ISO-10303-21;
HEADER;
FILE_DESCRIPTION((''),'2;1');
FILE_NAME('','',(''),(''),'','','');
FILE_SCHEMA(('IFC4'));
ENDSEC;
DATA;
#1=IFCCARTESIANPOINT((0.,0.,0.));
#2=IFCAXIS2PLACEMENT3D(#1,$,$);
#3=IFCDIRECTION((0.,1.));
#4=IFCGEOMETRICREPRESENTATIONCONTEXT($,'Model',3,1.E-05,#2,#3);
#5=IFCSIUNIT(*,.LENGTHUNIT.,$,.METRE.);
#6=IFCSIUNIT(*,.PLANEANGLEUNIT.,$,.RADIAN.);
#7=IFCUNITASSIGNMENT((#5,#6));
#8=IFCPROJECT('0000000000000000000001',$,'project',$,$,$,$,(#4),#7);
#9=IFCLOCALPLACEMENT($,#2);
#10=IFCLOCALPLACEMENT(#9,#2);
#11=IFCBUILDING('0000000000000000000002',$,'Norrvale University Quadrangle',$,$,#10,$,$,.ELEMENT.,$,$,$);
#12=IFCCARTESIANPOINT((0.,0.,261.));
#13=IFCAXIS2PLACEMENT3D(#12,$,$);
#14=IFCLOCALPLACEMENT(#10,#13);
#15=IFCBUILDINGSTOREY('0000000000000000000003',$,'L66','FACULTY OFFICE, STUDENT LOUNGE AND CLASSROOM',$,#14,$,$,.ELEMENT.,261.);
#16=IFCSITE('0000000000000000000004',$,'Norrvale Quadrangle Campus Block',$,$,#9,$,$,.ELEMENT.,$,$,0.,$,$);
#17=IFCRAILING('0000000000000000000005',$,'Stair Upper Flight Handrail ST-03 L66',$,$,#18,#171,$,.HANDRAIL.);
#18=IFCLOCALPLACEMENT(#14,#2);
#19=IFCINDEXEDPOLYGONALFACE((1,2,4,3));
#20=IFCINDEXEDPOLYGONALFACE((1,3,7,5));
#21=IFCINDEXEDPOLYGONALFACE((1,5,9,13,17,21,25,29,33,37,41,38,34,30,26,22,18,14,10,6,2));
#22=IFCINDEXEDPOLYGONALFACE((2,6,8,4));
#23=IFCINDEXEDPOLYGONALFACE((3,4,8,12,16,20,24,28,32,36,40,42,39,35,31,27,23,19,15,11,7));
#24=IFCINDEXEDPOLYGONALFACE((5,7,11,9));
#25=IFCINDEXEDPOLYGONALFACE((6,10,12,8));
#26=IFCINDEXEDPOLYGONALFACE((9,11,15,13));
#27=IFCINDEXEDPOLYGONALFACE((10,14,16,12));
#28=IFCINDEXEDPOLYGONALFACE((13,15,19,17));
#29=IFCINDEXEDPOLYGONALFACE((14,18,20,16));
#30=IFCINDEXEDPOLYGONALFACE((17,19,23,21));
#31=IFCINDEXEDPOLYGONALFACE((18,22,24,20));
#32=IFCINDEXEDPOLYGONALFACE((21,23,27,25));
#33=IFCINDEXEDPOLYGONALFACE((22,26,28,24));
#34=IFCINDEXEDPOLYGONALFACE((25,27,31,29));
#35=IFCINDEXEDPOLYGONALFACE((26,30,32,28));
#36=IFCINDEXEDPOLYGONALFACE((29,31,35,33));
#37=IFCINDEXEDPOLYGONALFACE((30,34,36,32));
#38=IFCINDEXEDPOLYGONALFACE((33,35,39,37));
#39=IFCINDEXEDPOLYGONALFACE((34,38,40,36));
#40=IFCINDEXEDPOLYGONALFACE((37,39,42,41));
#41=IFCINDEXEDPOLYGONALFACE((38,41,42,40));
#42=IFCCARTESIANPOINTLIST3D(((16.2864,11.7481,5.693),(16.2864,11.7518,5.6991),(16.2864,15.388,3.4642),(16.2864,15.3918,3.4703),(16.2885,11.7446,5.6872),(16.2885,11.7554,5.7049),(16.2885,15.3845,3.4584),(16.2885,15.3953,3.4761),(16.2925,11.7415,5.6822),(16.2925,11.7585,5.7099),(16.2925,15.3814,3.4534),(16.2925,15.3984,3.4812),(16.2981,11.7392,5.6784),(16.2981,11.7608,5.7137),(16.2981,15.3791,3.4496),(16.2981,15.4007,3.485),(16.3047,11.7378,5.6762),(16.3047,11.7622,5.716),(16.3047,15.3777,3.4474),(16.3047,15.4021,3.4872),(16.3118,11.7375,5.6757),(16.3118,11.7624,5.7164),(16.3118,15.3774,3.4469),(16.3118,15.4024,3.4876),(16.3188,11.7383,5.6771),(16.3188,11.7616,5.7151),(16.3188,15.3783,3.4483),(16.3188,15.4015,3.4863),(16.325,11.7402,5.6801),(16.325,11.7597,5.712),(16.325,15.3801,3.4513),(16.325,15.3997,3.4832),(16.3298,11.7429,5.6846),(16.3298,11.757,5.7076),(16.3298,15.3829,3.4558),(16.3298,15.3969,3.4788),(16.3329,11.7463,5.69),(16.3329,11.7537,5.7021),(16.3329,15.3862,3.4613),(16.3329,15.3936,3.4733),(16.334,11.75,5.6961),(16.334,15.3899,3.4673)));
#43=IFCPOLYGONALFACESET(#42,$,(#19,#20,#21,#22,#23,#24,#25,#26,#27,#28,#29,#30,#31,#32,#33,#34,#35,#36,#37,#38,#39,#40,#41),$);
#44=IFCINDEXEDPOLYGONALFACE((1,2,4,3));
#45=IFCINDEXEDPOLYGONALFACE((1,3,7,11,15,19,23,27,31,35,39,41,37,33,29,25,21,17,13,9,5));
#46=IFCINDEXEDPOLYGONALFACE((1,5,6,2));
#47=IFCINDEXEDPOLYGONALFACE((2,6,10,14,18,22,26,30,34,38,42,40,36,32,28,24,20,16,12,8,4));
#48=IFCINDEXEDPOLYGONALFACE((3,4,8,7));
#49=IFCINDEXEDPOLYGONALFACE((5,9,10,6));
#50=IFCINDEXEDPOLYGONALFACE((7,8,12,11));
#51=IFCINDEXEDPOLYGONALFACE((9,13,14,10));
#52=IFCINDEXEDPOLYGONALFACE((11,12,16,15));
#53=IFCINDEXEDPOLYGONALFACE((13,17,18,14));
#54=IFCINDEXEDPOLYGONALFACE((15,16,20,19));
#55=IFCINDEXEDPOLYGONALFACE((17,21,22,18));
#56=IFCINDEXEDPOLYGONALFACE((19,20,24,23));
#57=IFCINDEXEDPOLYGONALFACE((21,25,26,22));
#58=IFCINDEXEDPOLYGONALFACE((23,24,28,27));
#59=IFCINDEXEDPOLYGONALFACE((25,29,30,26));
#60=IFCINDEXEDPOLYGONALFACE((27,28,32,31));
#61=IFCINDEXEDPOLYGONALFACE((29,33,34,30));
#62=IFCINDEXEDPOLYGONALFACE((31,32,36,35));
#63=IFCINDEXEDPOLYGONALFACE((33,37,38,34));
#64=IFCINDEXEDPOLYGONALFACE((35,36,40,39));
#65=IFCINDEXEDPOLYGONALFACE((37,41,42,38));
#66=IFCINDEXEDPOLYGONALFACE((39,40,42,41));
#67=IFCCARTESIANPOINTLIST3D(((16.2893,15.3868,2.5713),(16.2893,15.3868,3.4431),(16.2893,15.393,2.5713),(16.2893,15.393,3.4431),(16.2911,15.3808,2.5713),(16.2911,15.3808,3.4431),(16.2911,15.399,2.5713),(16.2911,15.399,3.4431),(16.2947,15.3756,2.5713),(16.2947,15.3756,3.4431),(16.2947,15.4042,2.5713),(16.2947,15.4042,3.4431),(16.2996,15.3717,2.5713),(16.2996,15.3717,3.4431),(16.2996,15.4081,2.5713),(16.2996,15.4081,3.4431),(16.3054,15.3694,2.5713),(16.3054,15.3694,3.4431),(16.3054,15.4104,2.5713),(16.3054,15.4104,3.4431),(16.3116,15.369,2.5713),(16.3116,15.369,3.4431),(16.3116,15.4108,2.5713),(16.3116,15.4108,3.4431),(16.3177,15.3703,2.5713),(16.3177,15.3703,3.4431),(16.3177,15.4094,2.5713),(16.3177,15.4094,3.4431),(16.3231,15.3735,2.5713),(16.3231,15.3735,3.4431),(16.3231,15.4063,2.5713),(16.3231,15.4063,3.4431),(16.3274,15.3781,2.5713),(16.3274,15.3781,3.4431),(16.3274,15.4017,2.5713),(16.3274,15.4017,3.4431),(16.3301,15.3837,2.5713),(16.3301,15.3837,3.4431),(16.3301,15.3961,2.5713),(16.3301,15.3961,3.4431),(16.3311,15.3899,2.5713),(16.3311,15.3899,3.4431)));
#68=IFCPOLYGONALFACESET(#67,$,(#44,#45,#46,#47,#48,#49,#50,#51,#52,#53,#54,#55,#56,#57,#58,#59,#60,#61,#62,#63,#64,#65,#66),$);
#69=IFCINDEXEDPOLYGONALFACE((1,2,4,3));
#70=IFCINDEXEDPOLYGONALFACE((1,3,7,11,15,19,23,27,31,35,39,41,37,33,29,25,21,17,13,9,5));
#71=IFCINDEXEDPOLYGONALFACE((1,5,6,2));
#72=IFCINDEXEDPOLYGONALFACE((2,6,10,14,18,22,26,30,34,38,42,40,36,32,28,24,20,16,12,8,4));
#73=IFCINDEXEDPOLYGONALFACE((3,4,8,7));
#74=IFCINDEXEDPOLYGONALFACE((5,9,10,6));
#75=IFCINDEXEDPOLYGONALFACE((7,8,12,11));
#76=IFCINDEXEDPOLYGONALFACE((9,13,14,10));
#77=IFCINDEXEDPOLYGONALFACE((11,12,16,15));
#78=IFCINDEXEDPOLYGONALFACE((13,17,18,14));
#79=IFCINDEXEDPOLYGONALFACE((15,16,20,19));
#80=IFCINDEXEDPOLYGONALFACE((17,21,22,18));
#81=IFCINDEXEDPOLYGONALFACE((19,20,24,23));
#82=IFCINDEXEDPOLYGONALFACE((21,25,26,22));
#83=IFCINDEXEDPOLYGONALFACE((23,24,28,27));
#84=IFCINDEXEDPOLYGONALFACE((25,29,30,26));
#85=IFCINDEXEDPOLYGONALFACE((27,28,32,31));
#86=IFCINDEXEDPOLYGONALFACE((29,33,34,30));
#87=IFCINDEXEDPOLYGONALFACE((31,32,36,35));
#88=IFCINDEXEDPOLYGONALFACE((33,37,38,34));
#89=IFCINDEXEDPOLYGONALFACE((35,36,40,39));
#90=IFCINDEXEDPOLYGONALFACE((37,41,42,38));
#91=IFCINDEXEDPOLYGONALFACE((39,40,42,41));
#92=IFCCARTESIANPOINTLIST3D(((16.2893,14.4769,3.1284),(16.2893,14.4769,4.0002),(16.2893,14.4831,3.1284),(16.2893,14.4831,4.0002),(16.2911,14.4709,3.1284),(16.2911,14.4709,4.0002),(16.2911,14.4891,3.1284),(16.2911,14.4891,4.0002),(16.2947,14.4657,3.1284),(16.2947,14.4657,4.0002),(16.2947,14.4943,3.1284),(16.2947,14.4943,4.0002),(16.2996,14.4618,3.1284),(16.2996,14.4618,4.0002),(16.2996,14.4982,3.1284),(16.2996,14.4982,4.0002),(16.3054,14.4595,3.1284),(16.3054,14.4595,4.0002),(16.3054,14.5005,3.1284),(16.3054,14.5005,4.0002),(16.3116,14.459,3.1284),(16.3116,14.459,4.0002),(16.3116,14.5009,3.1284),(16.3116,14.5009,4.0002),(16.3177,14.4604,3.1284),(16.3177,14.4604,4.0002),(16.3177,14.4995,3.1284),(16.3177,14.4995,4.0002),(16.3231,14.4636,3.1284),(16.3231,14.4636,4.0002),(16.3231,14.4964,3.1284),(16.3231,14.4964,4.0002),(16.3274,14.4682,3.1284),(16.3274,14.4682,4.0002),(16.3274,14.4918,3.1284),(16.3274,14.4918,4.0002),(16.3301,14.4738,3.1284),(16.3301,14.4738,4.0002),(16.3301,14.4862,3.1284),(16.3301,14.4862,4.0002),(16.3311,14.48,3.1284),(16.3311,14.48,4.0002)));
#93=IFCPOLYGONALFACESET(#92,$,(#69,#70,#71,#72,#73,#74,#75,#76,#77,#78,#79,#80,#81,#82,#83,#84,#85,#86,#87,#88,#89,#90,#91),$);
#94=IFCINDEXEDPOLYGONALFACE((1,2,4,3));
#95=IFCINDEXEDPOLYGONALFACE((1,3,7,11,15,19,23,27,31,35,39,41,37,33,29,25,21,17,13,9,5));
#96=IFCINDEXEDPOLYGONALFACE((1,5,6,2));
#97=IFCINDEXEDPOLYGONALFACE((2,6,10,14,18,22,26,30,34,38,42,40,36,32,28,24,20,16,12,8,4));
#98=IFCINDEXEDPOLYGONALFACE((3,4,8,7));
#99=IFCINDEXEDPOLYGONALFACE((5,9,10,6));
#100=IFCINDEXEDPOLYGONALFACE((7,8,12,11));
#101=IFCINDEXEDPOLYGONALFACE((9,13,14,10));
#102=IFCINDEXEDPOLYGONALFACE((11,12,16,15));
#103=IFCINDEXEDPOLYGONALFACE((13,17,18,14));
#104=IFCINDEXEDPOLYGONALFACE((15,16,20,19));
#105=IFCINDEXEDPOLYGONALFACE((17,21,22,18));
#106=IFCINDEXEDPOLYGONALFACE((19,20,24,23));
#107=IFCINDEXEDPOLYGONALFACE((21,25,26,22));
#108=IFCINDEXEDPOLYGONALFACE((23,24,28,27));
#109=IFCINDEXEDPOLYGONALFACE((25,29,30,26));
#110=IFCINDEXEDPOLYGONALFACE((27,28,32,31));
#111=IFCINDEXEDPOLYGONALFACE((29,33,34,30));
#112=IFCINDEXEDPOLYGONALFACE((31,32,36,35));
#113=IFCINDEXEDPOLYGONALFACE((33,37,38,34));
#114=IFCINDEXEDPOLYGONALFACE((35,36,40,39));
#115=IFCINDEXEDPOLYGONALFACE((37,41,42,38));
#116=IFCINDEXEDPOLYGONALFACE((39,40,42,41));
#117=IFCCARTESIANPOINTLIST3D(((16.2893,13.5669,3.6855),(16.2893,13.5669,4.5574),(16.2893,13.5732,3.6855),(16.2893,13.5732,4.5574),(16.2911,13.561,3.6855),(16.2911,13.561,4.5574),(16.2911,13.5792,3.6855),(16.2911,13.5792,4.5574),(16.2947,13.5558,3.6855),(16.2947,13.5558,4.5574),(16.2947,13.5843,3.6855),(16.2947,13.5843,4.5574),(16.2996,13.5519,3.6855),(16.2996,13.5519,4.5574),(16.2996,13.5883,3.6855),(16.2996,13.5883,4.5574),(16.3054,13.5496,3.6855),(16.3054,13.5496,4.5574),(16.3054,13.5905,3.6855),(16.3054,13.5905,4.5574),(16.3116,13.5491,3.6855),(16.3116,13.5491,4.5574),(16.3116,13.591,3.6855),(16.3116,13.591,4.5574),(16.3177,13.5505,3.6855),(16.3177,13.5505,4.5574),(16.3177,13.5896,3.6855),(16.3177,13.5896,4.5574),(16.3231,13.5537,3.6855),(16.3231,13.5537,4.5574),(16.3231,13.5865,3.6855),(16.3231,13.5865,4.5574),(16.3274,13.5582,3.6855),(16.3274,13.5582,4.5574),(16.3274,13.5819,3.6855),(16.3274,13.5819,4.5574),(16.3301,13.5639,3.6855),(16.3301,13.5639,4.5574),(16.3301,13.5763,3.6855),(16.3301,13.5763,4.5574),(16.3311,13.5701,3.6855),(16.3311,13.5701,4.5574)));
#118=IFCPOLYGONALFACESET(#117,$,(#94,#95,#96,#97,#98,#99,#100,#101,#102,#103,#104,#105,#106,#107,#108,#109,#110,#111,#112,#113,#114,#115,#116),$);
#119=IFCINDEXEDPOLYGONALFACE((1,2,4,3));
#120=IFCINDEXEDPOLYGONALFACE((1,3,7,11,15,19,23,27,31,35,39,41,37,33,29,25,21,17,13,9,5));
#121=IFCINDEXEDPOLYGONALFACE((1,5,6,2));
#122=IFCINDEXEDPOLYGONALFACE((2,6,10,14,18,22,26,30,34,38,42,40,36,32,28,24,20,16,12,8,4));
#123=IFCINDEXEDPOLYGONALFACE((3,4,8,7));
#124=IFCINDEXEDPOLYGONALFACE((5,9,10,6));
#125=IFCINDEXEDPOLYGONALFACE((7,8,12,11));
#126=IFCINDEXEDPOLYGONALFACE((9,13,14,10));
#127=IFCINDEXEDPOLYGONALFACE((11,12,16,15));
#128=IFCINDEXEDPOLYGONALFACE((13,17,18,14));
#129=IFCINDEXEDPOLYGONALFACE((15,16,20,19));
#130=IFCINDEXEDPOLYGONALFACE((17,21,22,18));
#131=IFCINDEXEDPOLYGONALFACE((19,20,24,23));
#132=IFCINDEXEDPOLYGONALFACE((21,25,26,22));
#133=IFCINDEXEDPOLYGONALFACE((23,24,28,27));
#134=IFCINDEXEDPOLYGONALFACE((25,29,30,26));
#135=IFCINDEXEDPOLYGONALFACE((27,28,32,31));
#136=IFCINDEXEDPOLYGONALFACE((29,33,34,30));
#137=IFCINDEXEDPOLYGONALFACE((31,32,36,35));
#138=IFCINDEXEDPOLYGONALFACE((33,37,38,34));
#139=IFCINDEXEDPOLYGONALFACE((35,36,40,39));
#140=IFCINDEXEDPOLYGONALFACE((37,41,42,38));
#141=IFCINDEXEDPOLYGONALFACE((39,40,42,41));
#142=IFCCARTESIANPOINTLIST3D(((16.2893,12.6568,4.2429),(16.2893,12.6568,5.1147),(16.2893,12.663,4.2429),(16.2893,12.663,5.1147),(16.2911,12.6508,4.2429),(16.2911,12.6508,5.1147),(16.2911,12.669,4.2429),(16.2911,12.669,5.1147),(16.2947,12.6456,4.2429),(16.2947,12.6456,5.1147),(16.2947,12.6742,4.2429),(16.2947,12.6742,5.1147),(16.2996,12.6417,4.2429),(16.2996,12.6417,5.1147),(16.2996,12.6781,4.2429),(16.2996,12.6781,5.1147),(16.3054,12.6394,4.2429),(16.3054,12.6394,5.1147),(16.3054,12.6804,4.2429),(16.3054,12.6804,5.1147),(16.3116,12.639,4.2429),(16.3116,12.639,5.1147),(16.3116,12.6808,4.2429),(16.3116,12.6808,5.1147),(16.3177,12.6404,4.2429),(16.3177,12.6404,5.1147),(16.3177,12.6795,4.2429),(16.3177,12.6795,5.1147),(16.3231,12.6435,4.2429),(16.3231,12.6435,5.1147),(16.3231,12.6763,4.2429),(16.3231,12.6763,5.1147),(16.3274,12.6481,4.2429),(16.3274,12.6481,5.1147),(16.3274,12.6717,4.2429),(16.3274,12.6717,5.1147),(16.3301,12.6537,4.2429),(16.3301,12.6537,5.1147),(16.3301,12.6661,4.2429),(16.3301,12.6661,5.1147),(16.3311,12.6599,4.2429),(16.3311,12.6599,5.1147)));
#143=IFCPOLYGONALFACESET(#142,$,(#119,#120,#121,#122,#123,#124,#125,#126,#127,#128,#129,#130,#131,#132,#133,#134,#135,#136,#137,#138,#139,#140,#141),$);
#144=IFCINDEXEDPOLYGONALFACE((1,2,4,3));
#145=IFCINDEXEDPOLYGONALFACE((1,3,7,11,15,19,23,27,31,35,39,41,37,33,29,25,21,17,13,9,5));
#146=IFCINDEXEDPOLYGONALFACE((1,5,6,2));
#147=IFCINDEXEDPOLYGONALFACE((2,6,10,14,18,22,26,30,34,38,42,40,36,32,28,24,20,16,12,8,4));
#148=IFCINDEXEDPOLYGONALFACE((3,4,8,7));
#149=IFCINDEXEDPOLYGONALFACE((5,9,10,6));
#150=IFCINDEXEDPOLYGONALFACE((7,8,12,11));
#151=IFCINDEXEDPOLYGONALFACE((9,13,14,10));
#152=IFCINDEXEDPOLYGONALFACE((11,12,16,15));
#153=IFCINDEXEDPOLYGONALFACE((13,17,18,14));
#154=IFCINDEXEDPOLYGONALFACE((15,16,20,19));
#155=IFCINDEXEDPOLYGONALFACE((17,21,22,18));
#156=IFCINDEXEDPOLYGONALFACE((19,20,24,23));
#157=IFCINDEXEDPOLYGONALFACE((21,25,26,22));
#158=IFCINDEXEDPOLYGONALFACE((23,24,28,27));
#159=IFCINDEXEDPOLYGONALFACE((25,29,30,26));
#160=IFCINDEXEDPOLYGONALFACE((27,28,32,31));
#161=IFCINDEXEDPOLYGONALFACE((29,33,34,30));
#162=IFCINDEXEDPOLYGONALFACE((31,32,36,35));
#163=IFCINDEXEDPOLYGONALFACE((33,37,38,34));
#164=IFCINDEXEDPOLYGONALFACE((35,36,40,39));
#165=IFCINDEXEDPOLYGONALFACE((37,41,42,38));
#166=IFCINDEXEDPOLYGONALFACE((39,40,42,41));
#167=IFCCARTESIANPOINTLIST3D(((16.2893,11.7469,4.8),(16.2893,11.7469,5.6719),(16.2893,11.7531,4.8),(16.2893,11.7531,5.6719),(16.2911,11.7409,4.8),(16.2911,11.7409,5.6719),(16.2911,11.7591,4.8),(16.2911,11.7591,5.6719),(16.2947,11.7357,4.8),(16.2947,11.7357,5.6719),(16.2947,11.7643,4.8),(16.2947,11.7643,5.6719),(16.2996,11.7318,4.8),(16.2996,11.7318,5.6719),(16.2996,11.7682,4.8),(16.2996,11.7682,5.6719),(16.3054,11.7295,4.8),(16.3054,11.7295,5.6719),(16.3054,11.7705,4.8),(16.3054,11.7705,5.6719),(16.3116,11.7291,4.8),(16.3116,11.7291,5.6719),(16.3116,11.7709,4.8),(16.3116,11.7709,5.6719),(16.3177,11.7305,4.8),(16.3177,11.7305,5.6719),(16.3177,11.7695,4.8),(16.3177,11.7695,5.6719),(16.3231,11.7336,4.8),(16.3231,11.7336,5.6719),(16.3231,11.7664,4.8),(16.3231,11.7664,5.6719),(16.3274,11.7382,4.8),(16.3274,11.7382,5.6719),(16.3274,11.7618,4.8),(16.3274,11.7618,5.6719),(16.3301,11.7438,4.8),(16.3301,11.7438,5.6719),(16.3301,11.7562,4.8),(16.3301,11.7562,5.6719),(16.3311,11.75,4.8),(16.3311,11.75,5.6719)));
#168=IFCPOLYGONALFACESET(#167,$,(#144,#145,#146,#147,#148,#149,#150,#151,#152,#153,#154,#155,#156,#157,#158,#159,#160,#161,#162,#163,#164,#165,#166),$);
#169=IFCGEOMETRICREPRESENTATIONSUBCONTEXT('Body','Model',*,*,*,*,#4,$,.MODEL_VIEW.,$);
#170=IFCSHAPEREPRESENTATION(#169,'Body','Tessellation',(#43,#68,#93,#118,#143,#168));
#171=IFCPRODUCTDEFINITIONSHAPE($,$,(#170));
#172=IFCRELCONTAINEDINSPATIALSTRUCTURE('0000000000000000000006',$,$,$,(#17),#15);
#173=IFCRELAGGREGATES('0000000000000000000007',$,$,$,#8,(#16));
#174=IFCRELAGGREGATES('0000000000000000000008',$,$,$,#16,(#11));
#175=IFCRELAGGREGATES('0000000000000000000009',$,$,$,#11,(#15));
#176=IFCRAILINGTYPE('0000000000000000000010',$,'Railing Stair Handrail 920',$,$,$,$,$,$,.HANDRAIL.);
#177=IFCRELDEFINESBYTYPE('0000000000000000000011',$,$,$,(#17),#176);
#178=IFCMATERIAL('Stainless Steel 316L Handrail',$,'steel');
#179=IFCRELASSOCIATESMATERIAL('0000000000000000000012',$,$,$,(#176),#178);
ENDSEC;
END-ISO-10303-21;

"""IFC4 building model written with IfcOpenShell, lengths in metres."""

from ifc_helpers import new_model, si_unit, direction, frame, origin, origin_2d, place, context, subcontext, project, spatial, circle, extrude, material, type_object, element, save


model = new_model("IFC4")

# Units and contexts
model_context = context("Model", 3, precision=1e-05, world=origin(), true_north=direction((0.0, 1.0)))
body_context = subcontext(model_context, "Body", "Model", "MODEL_VIEW")
ifc_project = project(units=[si_unit("LENGTHUNIT", "METRE"), si_unit("PLANEANGLEUNIT", "RADIAN")], contexts=[model_context])

# Site, building, storey
site_placement = place(None, origin())
site = spatial("IfcSite", under=ifc_project, at=site_placement, Name="Norrvale Quadrangle Campus Block", CompositionType="ELEMENT", RefElevation=0.0)
building_placement = place(site_placement, origin())
building = spatial("IfcBuilding", under=site, at=building_placement, Name="Norrvale University Quadrangle", CompositionType="ELEMENT")
storey_placement = place(building_placement, frame((0.0, 0.0, 261.0)))
storey = spatial("IfcBuildingStorey", under=building, at=storey_placement, Name="L66", Description="FACULTY OFFICE, STUDENT LOUNGE AND CLASSROOM", CompositionType="ELEMENT", Elevation=261.0)

# Railing
ifc_material_1 = material(Name="Stainless Steel 316L Handrail", Category="steel")
railing_type_1 = type_object("IfcRailingType", Name="Railing Stair Handrail 920", PredefinedType="HANDRAIL", material=ifc_material_1)
railing_1_placement = place(storey_placement, frame((16.3101, 15.3899, 2.5713)))
element("IfcRailing", 1, at=railing_1_placement, inside=storey, type_object=railing_type_1, Name="Stair Upper Flight Handrail ST-03 L66", PredefinedType="HANDRAIL", context=body_context, shape_type="SweptSolid", body=[
    extrude(circle(Radius=0.0239, at=origin_2d()), frame((0.0, 0.0, 0.896), z_axis=(0.0, -0.852825, 0.522197), x_axis=(1.0, 0.0, 0.0)), (0.0, 0.0, 1.0), 4.2681),
    extrude(circle(Radius=0.021, at=origin_2d()), origin(), (0.0, 0.0, 1.0), 0.8718),
    extrude(circle(Radius=0.021, at=origin_2d()), frame((0.0, -0.9099, 0.5571)), (0.0, 0.0, 1.0), 0.8718),
    extrude(circle(Radius=0.021, at=origin_2d()), frame((0.0, -1.8198, 1.1143)), (0.0, 0.0, 1.0), 0.8718),
    extrude(circle(Radius=0.021, at=origin_2d()), frame((0.0, -2.73, 1.6716)), (0.0, 0.0, 1.0), 0.8718),
    extrude(circle(Radius=0.021, at=origin_2d()), frame((0.0, -3.6399, 2.2288)), (0.0, 0.0, 1.0), 0.8718),
])

save(model, "model.ifc")
